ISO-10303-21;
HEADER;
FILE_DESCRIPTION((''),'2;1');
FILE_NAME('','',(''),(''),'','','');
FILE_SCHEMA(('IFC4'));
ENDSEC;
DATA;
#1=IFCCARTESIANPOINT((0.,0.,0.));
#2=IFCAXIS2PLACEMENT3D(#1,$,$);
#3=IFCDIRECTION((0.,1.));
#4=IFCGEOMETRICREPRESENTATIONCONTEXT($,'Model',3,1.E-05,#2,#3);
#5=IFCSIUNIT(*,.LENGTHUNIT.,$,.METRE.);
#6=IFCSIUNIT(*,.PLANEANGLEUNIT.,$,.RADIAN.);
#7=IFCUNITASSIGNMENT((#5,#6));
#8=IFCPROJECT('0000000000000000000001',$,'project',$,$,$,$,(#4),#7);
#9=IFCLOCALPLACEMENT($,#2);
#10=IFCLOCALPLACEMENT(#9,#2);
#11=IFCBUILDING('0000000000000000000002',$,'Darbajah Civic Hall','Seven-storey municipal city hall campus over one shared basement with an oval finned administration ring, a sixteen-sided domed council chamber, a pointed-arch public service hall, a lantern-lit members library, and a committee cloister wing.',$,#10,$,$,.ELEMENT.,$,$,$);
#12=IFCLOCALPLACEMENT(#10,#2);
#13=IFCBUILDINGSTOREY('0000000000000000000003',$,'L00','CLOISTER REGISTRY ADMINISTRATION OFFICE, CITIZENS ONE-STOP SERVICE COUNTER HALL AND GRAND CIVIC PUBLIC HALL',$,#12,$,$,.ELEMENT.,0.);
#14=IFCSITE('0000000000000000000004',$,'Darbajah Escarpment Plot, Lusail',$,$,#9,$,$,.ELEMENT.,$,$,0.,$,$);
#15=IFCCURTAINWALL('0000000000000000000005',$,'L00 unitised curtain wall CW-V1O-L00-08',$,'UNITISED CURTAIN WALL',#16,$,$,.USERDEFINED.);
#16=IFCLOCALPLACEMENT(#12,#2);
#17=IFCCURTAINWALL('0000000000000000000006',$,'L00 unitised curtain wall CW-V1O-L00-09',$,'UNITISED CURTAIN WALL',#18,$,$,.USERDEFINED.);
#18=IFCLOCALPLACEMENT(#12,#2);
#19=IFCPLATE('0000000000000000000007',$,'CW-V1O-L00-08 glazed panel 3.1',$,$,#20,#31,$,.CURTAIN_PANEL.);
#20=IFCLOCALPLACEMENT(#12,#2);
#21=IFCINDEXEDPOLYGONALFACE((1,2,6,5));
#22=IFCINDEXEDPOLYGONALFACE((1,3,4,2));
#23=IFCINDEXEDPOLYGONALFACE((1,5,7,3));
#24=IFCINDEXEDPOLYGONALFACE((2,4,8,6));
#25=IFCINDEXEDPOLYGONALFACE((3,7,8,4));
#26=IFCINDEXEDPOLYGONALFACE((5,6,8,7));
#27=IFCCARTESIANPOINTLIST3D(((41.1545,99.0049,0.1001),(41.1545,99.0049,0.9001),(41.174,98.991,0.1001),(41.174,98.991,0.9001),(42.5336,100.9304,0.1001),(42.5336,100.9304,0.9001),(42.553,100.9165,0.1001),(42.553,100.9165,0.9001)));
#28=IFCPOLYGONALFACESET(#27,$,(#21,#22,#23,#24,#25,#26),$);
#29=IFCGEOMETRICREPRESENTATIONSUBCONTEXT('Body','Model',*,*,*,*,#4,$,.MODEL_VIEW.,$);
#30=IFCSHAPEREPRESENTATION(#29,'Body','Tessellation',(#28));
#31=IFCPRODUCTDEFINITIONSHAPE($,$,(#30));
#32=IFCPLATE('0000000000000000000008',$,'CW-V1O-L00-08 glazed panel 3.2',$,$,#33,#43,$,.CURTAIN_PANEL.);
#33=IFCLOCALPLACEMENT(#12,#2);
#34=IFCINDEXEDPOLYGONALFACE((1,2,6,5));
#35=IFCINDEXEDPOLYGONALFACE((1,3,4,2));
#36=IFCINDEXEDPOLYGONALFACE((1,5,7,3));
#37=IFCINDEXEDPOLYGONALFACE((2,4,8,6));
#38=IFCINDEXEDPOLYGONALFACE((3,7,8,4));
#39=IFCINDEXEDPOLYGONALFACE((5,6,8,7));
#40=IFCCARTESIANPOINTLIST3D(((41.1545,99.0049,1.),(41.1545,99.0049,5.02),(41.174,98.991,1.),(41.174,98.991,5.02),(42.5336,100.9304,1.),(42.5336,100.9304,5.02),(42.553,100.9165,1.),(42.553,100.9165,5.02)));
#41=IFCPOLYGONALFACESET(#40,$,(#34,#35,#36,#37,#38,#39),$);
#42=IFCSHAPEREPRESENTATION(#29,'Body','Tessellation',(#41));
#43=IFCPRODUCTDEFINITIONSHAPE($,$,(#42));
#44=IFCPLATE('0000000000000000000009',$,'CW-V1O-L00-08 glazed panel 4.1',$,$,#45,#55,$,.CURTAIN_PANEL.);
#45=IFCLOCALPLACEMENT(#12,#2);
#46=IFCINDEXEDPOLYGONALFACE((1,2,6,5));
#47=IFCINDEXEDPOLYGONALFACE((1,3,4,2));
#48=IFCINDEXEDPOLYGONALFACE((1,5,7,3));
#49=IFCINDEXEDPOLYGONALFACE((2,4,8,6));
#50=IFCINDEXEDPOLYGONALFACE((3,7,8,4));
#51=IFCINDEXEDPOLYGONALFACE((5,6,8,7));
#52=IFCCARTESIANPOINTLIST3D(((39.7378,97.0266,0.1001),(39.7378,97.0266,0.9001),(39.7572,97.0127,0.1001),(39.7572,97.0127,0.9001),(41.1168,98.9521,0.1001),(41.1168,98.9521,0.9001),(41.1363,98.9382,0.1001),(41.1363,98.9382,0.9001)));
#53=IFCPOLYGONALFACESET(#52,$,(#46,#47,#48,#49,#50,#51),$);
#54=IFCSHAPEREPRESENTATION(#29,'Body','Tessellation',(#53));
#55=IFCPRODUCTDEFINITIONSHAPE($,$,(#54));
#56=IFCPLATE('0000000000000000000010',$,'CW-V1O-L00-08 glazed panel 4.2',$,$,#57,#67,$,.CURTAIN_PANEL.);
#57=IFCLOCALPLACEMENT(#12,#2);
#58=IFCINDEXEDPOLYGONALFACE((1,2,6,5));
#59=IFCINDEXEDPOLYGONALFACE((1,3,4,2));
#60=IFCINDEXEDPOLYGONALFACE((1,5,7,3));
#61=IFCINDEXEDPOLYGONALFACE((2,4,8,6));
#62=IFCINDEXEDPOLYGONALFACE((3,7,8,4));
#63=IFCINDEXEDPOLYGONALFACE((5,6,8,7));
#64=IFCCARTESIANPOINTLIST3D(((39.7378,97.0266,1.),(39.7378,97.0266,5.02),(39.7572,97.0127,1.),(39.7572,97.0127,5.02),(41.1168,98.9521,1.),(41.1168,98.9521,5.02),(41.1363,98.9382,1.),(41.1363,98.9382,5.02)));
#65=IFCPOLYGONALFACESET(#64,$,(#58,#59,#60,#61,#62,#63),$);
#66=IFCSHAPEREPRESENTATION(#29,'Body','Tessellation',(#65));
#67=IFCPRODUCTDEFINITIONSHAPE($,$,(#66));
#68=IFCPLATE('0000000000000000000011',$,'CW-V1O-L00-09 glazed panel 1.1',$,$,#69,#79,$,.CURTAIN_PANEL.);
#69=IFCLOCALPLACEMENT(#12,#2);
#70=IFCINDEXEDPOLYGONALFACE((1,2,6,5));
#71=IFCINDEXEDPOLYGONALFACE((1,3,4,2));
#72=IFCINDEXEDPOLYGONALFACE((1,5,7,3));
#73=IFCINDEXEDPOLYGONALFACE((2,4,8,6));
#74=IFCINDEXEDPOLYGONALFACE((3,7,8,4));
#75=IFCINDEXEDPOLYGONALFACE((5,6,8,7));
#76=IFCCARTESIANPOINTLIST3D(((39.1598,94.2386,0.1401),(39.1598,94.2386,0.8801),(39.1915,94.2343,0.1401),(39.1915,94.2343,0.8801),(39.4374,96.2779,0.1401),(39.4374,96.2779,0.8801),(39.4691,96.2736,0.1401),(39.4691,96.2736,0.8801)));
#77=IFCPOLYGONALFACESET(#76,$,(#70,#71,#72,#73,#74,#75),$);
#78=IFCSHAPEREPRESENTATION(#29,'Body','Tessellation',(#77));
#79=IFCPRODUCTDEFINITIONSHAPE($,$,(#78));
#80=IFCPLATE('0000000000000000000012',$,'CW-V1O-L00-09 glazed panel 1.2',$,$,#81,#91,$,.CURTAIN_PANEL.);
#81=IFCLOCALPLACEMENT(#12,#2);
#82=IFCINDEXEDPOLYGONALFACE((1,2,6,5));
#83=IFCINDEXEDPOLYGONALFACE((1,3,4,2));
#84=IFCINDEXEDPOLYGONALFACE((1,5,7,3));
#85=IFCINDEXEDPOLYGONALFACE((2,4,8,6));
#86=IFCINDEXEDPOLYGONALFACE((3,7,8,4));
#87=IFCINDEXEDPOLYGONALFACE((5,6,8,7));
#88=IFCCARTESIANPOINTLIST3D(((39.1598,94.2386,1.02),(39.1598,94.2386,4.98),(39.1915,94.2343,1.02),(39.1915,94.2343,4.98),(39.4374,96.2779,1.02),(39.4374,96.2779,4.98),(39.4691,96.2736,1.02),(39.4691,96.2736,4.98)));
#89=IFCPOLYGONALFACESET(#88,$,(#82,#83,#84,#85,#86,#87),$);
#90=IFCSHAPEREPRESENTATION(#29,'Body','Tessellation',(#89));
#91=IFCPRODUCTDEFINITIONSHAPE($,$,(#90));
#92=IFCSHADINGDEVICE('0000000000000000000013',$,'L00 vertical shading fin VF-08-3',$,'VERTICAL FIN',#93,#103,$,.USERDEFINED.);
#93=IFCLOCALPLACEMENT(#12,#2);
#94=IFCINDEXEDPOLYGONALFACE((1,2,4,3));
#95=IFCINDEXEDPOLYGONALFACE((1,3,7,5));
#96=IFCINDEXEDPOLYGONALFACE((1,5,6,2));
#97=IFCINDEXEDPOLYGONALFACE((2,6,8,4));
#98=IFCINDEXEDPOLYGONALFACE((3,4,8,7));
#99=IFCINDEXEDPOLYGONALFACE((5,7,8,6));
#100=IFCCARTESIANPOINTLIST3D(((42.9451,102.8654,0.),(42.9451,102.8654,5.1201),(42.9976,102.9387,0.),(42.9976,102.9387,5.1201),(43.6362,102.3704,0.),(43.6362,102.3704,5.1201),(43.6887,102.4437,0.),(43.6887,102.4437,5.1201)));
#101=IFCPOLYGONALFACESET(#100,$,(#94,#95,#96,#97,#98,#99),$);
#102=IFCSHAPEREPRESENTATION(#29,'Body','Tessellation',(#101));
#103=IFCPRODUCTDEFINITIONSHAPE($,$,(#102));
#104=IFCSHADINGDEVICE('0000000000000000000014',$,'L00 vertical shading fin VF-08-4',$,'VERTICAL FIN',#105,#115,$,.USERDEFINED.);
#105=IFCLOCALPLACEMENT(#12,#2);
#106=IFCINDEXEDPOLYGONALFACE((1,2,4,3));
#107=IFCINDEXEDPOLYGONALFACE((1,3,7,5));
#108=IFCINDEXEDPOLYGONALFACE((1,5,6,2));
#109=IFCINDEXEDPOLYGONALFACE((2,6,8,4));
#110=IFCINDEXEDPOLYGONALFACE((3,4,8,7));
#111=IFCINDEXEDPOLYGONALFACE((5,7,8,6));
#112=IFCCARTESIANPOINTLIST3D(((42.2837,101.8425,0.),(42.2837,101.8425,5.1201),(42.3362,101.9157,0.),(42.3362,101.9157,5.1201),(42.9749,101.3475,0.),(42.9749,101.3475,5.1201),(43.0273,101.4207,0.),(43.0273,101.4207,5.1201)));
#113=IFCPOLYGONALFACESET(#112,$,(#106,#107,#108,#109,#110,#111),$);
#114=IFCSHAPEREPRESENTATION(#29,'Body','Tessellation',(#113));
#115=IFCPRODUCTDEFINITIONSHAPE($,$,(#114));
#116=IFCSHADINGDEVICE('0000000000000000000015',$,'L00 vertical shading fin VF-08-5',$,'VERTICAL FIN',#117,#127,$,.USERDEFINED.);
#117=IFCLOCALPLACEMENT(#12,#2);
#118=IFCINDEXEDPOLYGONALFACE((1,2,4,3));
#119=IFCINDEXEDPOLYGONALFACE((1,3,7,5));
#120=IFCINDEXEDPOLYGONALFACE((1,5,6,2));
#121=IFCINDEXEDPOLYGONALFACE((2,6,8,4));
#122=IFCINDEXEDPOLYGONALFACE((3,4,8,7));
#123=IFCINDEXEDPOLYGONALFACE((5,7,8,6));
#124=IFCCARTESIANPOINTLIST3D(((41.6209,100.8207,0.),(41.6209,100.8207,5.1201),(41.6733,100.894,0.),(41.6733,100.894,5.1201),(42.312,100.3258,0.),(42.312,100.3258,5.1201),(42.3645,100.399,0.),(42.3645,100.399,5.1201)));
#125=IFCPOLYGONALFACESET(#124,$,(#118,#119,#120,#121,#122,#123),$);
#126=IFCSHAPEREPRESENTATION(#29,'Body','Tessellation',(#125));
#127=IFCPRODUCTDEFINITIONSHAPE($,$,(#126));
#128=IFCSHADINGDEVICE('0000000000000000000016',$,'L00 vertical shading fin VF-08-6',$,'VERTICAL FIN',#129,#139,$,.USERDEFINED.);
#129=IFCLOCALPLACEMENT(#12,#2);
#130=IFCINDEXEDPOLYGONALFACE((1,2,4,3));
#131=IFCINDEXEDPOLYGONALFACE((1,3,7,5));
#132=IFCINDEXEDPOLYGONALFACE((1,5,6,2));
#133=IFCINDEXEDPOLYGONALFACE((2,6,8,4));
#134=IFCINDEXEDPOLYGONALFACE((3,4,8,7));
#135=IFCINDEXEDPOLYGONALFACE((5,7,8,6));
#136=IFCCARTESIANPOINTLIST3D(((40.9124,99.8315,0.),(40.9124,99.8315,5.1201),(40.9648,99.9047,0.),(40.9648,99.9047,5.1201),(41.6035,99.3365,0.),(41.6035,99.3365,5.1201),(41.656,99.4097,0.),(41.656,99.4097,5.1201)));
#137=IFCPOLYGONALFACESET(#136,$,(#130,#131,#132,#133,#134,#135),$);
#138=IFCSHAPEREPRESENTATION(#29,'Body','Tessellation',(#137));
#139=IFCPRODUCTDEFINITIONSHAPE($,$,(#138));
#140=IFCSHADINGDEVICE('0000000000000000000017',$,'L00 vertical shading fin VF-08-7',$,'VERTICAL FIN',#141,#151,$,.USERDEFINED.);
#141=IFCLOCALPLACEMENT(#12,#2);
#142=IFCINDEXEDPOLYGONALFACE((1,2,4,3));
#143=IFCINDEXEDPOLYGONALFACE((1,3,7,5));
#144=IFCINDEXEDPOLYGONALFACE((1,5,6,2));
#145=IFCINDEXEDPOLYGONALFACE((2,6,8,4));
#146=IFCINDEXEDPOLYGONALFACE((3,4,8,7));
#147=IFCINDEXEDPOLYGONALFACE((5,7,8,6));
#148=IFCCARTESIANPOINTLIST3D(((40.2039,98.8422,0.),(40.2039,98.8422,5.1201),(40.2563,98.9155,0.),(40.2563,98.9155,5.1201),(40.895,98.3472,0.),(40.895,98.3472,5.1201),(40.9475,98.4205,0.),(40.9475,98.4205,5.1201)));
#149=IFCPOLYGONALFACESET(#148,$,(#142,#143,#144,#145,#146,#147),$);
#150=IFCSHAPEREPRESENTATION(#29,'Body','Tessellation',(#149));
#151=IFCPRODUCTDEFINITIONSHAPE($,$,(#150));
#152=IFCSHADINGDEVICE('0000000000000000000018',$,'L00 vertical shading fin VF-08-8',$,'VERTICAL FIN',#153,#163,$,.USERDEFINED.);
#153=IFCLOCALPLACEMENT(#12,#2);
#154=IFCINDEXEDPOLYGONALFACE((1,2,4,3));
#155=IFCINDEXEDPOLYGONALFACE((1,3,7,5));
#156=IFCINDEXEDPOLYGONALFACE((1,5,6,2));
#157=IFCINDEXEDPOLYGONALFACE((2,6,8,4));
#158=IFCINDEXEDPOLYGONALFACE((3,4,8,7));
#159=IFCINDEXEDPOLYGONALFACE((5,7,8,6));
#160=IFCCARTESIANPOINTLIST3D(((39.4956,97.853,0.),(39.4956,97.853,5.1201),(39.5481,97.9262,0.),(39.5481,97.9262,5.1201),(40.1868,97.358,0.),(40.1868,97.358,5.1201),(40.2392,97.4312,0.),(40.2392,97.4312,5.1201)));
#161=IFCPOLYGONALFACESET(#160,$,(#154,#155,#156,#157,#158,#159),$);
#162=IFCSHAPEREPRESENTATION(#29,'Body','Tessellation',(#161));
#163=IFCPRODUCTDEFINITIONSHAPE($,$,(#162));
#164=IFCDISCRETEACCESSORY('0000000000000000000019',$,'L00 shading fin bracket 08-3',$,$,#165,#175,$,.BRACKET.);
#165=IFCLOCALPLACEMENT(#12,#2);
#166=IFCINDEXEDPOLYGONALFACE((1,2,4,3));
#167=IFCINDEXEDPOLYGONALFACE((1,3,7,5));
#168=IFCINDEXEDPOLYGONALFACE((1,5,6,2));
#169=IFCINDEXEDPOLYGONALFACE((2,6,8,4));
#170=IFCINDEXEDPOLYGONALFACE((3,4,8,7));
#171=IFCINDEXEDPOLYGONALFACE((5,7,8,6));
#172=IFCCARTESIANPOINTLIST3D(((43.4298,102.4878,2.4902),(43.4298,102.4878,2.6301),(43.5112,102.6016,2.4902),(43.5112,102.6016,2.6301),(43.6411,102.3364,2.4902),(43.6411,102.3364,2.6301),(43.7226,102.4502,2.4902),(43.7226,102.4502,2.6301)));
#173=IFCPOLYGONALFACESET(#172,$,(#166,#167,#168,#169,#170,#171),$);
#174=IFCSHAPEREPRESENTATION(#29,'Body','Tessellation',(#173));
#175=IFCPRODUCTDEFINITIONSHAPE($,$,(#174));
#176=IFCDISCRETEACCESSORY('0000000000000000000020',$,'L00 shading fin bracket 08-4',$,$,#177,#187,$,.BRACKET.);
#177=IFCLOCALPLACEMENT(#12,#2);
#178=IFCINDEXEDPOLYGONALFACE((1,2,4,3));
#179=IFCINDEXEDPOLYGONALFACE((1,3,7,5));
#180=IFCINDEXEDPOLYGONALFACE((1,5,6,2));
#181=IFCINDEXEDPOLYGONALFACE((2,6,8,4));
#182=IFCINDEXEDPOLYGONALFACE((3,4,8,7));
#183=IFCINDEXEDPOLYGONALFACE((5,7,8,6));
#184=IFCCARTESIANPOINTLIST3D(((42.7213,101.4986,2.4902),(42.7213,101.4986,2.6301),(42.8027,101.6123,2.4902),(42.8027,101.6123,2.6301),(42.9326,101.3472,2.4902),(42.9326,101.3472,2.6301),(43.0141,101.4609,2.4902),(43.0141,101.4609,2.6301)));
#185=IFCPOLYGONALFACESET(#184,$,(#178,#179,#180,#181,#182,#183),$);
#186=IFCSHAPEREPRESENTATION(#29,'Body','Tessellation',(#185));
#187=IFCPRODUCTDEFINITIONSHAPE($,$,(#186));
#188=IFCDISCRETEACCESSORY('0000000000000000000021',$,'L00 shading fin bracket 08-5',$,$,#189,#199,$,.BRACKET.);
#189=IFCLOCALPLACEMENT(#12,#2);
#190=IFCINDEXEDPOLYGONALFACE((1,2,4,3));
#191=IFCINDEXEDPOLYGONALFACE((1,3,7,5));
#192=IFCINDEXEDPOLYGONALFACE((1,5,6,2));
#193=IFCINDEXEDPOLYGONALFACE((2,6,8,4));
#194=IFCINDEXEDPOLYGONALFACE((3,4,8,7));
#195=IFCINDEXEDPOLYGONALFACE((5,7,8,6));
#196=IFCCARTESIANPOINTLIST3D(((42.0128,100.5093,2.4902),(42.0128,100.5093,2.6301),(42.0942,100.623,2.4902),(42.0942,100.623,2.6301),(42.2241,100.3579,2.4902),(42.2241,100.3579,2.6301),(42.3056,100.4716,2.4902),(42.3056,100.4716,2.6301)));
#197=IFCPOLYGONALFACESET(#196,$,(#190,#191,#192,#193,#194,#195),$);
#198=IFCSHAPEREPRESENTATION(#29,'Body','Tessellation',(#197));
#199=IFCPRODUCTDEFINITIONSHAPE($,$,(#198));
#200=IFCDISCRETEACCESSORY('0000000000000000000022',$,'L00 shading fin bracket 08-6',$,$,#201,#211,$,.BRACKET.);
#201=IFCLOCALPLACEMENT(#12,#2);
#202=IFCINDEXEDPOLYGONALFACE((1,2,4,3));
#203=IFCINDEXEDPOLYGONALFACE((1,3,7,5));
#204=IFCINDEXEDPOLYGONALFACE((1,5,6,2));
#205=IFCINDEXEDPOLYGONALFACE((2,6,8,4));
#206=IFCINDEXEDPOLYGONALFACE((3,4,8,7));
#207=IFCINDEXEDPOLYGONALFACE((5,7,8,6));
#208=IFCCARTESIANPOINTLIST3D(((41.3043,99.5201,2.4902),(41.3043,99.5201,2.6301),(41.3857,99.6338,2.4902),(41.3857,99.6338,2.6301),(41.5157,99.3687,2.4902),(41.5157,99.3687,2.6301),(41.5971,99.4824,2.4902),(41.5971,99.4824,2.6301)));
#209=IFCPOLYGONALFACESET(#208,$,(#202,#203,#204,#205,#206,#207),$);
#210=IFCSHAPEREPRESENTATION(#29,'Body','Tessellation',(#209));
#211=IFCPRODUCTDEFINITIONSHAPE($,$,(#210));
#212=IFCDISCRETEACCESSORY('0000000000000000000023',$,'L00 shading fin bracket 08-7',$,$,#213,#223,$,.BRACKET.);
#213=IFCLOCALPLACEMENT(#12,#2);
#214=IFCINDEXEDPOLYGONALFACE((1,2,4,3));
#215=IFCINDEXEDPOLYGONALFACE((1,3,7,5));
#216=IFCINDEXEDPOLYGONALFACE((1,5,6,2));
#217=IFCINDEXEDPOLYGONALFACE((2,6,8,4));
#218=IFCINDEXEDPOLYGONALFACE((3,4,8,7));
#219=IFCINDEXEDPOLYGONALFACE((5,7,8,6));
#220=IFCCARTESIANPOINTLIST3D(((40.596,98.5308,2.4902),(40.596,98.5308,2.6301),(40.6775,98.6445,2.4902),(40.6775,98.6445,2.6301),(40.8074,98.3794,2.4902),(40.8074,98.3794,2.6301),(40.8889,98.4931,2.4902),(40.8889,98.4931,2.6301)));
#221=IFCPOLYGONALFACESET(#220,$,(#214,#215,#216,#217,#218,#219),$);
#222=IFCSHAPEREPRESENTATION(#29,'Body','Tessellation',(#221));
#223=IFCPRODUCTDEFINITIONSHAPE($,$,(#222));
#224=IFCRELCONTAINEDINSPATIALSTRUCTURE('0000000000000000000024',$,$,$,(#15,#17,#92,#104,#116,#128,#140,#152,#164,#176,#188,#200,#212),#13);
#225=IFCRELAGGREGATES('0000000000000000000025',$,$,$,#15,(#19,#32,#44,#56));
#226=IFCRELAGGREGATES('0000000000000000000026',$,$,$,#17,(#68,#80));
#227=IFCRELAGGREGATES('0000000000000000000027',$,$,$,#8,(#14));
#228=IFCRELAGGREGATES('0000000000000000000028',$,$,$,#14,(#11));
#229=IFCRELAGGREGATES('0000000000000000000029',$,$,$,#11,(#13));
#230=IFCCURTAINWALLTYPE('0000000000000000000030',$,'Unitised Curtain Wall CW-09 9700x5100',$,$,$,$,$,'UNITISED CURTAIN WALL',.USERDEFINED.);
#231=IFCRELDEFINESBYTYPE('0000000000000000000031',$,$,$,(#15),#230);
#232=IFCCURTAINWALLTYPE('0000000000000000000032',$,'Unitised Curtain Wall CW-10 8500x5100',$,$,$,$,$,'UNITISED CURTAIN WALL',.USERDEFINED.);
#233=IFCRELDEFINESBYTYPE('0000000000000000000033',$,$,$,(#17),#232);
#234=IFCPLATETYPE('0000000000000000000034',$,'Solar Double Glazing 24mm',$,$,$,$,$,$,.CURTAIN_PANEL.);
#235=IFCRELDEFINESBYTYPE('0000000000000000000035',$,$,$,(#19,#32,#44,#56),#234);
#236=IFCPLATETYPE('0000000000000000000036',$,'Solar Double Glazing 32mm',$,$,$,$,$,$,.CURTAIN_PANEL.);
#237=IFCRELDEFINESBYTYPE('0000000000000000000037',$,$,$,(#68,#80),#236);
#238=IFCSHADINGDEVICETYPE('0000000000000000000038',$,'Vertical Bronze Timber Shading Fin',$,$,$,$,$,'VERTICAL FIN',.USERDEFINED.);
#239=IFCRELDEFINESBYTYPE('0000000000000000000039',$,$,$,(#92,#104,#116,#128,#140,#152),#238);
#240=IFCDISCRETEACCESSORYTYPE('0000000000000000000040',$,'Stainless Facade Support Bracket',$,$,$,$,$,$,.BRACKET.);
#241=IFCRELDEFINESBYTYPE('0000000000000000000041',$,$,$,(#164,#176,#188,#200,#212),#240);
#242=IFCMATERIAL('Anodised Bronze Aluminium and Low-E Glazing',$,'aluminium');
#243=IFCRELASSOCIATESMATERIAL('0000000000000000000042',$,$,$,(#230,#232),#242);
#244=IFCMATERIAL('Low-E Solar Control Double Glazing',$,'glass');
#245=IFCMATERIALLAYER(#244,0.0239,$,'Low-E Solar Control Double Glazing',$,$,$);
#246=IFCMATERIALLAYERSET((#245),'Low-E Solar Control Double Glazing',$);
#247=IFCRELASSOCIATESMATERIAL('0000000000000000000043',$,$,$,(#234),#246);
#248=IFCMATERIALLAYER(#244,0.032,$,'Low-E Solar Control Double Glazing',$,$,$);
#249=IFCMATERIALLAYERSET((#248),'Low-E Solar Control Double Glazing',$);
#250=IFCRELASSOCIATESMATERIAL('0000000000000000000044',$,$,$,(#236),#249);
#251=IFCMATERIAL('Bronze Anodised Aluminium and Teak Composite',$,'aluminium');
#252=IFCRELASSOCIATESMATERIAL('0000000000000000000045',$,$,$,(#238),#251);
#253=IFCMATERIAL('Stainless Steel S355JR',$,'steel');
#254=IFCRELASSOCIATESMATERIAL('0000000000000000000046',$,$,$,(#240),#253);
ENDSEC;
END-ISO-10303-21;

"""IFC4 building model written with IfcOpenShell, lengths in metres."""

from ifc_helpers import new_model, si_unit, direction, frame, origin, origin_2d, place, context, subcontext, project, spatial, rectangle, extrude, material, layer, layer_set, type_object, element, aggregate, save


model = new_model("IFC4")

# Units and contexts
model_context = context("Model", 3, precision=1e-05, world=origin(), true_north=direction((0.0, 1.0)))
body_context = subcontext(model_context, "Body", "Model", "MODEL_VIEW")
ifc_project = project(units=[si_unit("LENGTHUNIT", "METRE"), si_unit("PLANEANGLEUNIT", "RADIAN")], contexts=[model_context])

# Site, building, storey
site_placement = place(None, origin())
site = spatial("IfcSite", under=ifc_project, at=site_placement, Name="Darbajah Escarpment Plot, Lusail", CompositionType="ELEMENT", RefElevation=0.0)
building_placement = place(site_placement, origin())
building = spatial("IfcBuilding", under=site, at=building_placement, Name="Darbajah Civic Hall", Description="Seven-storey municipal city hall campus over one shared basement with an oval finned administration ring, a sixteen-sided domed council chamber, a pointed-arch public service hall, a lantern-lit members library, and a committee cloister wing.", CompositionType="ELEMENT")
storey_placement = place(building_placement, origin())
storey = spatial("IfcBuildingStorey", under=building, at=storey_placement, Name="L00", Description="CLOISTER REGISTRY ADMINISTRATION OFFICE, CITIZENS ONE-STOP SERVICE COUNTER HALL AND GRAND CIVIC PUBLIC HALL", CompositionType="ELEMENT", Elevation=0.0)

# Curtain wall
ifc_material_1 = material(Name="Anodised Bronze Aluminium and Low-E Glazing", Category="aluminium")
curtain_wall_type_1 = type_object("IfcCurtainWallType", Name="Unitised Curtain Wall CW-09 9700x5100", ElementType="UNITISED CURTAIN WALL", PredefinedType="USERDEFINED", material=ifc_material_1)
curtain_wall_1_placement = place(storey_placement, origin())
curtain_wall_1 = element("IfcCurtainWall", 1, at=curtain_wall_1_placement, inside=storey, type_object=curtain_wall_type_1, Name="L00 unitised curtain wall CW-V1O-L00-08", ObjectType="UNITISED CURTAIN WALL", PredefinedType="USERDEFINED")

# Curtain wall
curtain_wall_type_2 = type_object("IfcCurtainWallType", Name="Unitised Curtain Wall CW-10 8500x5100", ElementType="UNITISED CURTAIN WALL", PredefinedType="USERDEFINED", material=ifc_material_1)
curtain_wall_2_placement = place(storey_placement, origin())
curtain_wall_2 = element("IfcCurtainWall", 2, at=curtain_wall_2_placement, inside=storey, type_object=curtain_wall_type_2, Name="L00 unitised curtain wall CW-V1O-L00-09", ObjectType="UNITISED CURTAIN WALL", PredefinedType="USERDEFINED")

# Plates
ifc_material_2 = material(Name="Low-E Solar Control Double Glazing", Category="glass")
ifc_layer_1 = layer(ifc_material_2, 0.0239, Name="Low-E Solar Control Double Glazing")
ifc_layer_set_1 = layer_set([ifc_layer_1], Name="Low-E Solar Control Double Glazing")
plate_type_1 = type_object("IfcPlateType", Name="Solar Double Glazing 24mm", PredefinedType="CURTAIN_PANEL", material=ifc_layer_set_1)
plate_1_placement = place(storey_placement, frame((41.8538, 99.9607, 0.1001), z_axis=(0.0, 0.0, 1.0), x_axis=(-0.582265, -0.812999, 0.0)))
plate_1 = element("IfcPlate", 3, at=plate_1_placement, type_object=plate_type_1, Name="CW-V1O-L00-08 glazed panel 3.1", PredefinedType="CURTAIN_PANEL", context=body_context, shape_type="SweptSolid", body=[
    extrude(rectangle(XDim=2.3684, YDim=0.0239, at=origin_2d()), origin(), (0.0, 0.0, 1.0), 0.8),
])
plate_2_placement = place(storey_placement, frame((41.8538, 99.9607, 1.0), z_axis=(0.0, 0.0, 1.0), x_axis=(-0.582265, -0.812999, 0.0)))
plate_2 = element("IfcPlate", 4, at=plate_2_placement, type_object=plate_type_1, Name="CW-V1O-L00-08 glazed panel 3.2", PredefinedType="CURTAIN_PANEL", context=body_context, shape_type="SweptSolid", body=[
    extrude(rectangle(XDim=2.3684, YDim=0.0239, at=origin_2d()), origin(), (0.0, 0.0, 1.0), 4.02),
])
plate_3_placement = place(storey_placement, frame((40.437, 97.9824, 0.1001), z_axis=(0.0, 0.0, 1.0), x_axis=(-0.582265, -0.812999, 0.0)))
plate_3 = element("IfcPlate", 5, at=plate_3_placement, type_object=plate_type_1, Name="CW-V1O-L00-08 glazed panel 4.1", PredefinedType="CURTAIN_PANEL", context=body_context, shape_type="SweptSolid", body=[
    extrude(rectangle(XDim=2.3684, YDim=0.0239, at=origin_2d()), origin(), (0.0, 0.0, 1.0), 0.8),
])
plate_4_placement = place(storey_placement, frame((40.437, 97.9824, 1.0), z_axis=(0.0, 0.0, 1.0), x_axis=(-0.582265, -0.812999, 0.0)))
plate_4 = element("IfcPlate", 6, at=plate_4_placement, type_object=plate_type_1, Name="CW-V1O-L00-08 glazed panel 4.2", PredefinedType="CURTAIN_PANEL", context=body_context, shape_type="SweptSolid", body=[
    extrude(rectangle(XDim=2.3684, YDim=0.0239, at=origin_2d()), origin(), (0.0, 0.0, 1.0), 4.02),
])
aggregate(curtain_wall_1, [plate_1, plate_2, plate_3, plate_4])
ifc_layer_2 = layer(ifc_material_2, 0.032, Name="Low-E Solar Control Double Glazing")
ifc_layer_set_2 = layer_set([ifc_layer_2], Name="Low-E Solar Control Double Glazing")
plate_type_2 = type_object("IfcPlateType", Name="Solar Double Glazing 32mm", PredefinedType="CURTAIN_PANEL", material=ifc_layer_set_2)
plate_5_placement = place(storey_placement, frame((39.3145, 95.2561, 0.1401), z_axis=(0.0, 0.0, 1.0), x_axis=(-0.134851, -0.990866, 0.0)))
plate_5 = element("IfcPlate", 7, at=plate_5_placement, type_object=plate_type_2, Name="CW-V1O-L00-09 glazed panel 1.1", PredefinedType="CURTAIN_PANEL", context=body_context, shape_type="SweptSolid", body=[
    extrude(rectangle(XDim=2.0581, YDim=0.032, at=origin_2d()), origin(), (0.0, 0.0, 1.0), 0.74),
])
plate_6_placement = place(storey_placement, frame((39.3145, 95.2561, 1.02), z_axis=(0.0, 0.0, 1.0), x_axis=(-0.134851, -0.990866, 0.0)))
plate_6 = element("IfcPlate", 8, at=plate_6_placement, type_object=plate_type_2, Name="CW-V1O-L00-09 glazed panel 1.2", PredefinedType="CURTAIN_PANEL", context=body_context, shape_type="SweptSolid", body=[
    extrude(rectangle(XDim=2.0581, YDim=0.032, at=origin_2d()), origin(), (0.0, 0.0, 1.0), 3.96),
])
aggregate(curtain_wall_2, [plate_5, plate_6])

# Shading devices
ifc_material_3 = material(Name="Bronze Anodised Aluminium and Teak Composite", Category="aluminium")
shading_device_type = type_object("IfcShadingDeviceType", Name="Vertical Bronze Timber Shading Fin", ElementType="VERTICAL FIN", PredefinedType="USERDEFINED", material=ifc_material_3)
for number, where, z_axis, x_axis, name in (
    (9, (43.3169, 102.6545, 0.0), (0.0, 0.0, 1.0), (-0.812999, 0.582265, 0.0), "L00 vertical shading fin VF-08-3"),
    (10, (42.6555, 101.6316, 0.0), (0.0, 0.0, 1.0), (-0.812999, 0.582265, 0.0), "L00 vertical shading fin VF-08-4"),
    (11, (41.9927, 100.6099, 0.0), (0.0, 0.0, 1.0), (-0.812999, 0.582265, 0.0), "L00 vertical shading fin VF-08-5"),
    (12, (41.2842, 99.6206, 0.0), (0.0, 0.0, 1.0), (-0.812999, 0.582265, 0.0), "L00 vertical shading fin VF-08-6"),
    (13, (40.5757, 98.6313, 0.0), (0.0, 0.0, 1.0), (-0.812999, 0.582265, 0.0), "L00 vertical shading fin VF-08-7"),
    (14, (39.8674, 97.6421, 0.0), (0.0, 0.0, 1.0), (-0.812999, 0.582265, 0.0), "L00 vertical shading fin VF-08-8"),
):
    element("IfcShadingDevice", number, at=place(storey_placement, frame(where, z_axis=z_axis, x_axis=x_axis)), inside=storey, type_object=shading_device_type, Name=name, ObjectType="VERTICAL FIN", PredefinedType="USERDEFINED", context=body_context, shape_type="SweptSolid", body=[
        extrude(rectangle(XDim=0.8501, YDim=0.0901, at=origin_2d()), origin(), (0.0, 0.0, 1.0), 5.1201),
    ])

# Discrete accessories
ifc_material_4 = material(Name="Stainless Steel S355JR", Category="steel")
discrete_accessory_type = type_object("IfcDiscreteAccessoryType", Name="Stainless Facade Support Bracket", PredefinedType="BRACKET", material=ifc_material_4)
for number, where, z_axis, x_axis, name in (
    (15, (43.5762, 102.469, 2.4902), (0.0, 0.0, 1.0), (-0.812999, 0.582265, 0.0), "L00 shading fin bracket 08-3"),
    (16, (42.8677, 101.4797, 2.4902), (0.0, 0.0, 1.0), (-0.812999, 0.582265, 0.0), "L00 shading fin bracket 08-4"),
    (17, (42.1592, 100.4905, 2.4902), (0.0, 0.0, 1.0), (-0.812999, 0.582265, 0.0), "L00 shading fin bracket 08-5"),
    (18, (41.4507, 99.5012, 2.4902), (0.0, 0.0, 1.0), (-0.812999, 0.582265, 0.0), "L00 shading fin bracket 08-6"),
    (19, (40.7424, 98.512, 2.4902), (0.0, 0.0, 1.0), (-0.812999, 0.582265, 0.0), "L00 shading fin bracket 08-7"),
):
    element("IfcDiscreteAccessory", number, at=place(storey_placement, frame(where, z_axis=z_axis, x_axis=x_axis)), inside=storey, type_object=discrete_accessory_type, Name=name, PredefinedType="BRACKET", context=body_context, shape_type="SweptSolid", body=[
        extrude(rectangle(XDim=0.26, YDim=0.1399, at=origin_2d()), origin(), (0.0, 0.0, 1.0), 0.1399),
    ])

save(model, "model.ifc")
